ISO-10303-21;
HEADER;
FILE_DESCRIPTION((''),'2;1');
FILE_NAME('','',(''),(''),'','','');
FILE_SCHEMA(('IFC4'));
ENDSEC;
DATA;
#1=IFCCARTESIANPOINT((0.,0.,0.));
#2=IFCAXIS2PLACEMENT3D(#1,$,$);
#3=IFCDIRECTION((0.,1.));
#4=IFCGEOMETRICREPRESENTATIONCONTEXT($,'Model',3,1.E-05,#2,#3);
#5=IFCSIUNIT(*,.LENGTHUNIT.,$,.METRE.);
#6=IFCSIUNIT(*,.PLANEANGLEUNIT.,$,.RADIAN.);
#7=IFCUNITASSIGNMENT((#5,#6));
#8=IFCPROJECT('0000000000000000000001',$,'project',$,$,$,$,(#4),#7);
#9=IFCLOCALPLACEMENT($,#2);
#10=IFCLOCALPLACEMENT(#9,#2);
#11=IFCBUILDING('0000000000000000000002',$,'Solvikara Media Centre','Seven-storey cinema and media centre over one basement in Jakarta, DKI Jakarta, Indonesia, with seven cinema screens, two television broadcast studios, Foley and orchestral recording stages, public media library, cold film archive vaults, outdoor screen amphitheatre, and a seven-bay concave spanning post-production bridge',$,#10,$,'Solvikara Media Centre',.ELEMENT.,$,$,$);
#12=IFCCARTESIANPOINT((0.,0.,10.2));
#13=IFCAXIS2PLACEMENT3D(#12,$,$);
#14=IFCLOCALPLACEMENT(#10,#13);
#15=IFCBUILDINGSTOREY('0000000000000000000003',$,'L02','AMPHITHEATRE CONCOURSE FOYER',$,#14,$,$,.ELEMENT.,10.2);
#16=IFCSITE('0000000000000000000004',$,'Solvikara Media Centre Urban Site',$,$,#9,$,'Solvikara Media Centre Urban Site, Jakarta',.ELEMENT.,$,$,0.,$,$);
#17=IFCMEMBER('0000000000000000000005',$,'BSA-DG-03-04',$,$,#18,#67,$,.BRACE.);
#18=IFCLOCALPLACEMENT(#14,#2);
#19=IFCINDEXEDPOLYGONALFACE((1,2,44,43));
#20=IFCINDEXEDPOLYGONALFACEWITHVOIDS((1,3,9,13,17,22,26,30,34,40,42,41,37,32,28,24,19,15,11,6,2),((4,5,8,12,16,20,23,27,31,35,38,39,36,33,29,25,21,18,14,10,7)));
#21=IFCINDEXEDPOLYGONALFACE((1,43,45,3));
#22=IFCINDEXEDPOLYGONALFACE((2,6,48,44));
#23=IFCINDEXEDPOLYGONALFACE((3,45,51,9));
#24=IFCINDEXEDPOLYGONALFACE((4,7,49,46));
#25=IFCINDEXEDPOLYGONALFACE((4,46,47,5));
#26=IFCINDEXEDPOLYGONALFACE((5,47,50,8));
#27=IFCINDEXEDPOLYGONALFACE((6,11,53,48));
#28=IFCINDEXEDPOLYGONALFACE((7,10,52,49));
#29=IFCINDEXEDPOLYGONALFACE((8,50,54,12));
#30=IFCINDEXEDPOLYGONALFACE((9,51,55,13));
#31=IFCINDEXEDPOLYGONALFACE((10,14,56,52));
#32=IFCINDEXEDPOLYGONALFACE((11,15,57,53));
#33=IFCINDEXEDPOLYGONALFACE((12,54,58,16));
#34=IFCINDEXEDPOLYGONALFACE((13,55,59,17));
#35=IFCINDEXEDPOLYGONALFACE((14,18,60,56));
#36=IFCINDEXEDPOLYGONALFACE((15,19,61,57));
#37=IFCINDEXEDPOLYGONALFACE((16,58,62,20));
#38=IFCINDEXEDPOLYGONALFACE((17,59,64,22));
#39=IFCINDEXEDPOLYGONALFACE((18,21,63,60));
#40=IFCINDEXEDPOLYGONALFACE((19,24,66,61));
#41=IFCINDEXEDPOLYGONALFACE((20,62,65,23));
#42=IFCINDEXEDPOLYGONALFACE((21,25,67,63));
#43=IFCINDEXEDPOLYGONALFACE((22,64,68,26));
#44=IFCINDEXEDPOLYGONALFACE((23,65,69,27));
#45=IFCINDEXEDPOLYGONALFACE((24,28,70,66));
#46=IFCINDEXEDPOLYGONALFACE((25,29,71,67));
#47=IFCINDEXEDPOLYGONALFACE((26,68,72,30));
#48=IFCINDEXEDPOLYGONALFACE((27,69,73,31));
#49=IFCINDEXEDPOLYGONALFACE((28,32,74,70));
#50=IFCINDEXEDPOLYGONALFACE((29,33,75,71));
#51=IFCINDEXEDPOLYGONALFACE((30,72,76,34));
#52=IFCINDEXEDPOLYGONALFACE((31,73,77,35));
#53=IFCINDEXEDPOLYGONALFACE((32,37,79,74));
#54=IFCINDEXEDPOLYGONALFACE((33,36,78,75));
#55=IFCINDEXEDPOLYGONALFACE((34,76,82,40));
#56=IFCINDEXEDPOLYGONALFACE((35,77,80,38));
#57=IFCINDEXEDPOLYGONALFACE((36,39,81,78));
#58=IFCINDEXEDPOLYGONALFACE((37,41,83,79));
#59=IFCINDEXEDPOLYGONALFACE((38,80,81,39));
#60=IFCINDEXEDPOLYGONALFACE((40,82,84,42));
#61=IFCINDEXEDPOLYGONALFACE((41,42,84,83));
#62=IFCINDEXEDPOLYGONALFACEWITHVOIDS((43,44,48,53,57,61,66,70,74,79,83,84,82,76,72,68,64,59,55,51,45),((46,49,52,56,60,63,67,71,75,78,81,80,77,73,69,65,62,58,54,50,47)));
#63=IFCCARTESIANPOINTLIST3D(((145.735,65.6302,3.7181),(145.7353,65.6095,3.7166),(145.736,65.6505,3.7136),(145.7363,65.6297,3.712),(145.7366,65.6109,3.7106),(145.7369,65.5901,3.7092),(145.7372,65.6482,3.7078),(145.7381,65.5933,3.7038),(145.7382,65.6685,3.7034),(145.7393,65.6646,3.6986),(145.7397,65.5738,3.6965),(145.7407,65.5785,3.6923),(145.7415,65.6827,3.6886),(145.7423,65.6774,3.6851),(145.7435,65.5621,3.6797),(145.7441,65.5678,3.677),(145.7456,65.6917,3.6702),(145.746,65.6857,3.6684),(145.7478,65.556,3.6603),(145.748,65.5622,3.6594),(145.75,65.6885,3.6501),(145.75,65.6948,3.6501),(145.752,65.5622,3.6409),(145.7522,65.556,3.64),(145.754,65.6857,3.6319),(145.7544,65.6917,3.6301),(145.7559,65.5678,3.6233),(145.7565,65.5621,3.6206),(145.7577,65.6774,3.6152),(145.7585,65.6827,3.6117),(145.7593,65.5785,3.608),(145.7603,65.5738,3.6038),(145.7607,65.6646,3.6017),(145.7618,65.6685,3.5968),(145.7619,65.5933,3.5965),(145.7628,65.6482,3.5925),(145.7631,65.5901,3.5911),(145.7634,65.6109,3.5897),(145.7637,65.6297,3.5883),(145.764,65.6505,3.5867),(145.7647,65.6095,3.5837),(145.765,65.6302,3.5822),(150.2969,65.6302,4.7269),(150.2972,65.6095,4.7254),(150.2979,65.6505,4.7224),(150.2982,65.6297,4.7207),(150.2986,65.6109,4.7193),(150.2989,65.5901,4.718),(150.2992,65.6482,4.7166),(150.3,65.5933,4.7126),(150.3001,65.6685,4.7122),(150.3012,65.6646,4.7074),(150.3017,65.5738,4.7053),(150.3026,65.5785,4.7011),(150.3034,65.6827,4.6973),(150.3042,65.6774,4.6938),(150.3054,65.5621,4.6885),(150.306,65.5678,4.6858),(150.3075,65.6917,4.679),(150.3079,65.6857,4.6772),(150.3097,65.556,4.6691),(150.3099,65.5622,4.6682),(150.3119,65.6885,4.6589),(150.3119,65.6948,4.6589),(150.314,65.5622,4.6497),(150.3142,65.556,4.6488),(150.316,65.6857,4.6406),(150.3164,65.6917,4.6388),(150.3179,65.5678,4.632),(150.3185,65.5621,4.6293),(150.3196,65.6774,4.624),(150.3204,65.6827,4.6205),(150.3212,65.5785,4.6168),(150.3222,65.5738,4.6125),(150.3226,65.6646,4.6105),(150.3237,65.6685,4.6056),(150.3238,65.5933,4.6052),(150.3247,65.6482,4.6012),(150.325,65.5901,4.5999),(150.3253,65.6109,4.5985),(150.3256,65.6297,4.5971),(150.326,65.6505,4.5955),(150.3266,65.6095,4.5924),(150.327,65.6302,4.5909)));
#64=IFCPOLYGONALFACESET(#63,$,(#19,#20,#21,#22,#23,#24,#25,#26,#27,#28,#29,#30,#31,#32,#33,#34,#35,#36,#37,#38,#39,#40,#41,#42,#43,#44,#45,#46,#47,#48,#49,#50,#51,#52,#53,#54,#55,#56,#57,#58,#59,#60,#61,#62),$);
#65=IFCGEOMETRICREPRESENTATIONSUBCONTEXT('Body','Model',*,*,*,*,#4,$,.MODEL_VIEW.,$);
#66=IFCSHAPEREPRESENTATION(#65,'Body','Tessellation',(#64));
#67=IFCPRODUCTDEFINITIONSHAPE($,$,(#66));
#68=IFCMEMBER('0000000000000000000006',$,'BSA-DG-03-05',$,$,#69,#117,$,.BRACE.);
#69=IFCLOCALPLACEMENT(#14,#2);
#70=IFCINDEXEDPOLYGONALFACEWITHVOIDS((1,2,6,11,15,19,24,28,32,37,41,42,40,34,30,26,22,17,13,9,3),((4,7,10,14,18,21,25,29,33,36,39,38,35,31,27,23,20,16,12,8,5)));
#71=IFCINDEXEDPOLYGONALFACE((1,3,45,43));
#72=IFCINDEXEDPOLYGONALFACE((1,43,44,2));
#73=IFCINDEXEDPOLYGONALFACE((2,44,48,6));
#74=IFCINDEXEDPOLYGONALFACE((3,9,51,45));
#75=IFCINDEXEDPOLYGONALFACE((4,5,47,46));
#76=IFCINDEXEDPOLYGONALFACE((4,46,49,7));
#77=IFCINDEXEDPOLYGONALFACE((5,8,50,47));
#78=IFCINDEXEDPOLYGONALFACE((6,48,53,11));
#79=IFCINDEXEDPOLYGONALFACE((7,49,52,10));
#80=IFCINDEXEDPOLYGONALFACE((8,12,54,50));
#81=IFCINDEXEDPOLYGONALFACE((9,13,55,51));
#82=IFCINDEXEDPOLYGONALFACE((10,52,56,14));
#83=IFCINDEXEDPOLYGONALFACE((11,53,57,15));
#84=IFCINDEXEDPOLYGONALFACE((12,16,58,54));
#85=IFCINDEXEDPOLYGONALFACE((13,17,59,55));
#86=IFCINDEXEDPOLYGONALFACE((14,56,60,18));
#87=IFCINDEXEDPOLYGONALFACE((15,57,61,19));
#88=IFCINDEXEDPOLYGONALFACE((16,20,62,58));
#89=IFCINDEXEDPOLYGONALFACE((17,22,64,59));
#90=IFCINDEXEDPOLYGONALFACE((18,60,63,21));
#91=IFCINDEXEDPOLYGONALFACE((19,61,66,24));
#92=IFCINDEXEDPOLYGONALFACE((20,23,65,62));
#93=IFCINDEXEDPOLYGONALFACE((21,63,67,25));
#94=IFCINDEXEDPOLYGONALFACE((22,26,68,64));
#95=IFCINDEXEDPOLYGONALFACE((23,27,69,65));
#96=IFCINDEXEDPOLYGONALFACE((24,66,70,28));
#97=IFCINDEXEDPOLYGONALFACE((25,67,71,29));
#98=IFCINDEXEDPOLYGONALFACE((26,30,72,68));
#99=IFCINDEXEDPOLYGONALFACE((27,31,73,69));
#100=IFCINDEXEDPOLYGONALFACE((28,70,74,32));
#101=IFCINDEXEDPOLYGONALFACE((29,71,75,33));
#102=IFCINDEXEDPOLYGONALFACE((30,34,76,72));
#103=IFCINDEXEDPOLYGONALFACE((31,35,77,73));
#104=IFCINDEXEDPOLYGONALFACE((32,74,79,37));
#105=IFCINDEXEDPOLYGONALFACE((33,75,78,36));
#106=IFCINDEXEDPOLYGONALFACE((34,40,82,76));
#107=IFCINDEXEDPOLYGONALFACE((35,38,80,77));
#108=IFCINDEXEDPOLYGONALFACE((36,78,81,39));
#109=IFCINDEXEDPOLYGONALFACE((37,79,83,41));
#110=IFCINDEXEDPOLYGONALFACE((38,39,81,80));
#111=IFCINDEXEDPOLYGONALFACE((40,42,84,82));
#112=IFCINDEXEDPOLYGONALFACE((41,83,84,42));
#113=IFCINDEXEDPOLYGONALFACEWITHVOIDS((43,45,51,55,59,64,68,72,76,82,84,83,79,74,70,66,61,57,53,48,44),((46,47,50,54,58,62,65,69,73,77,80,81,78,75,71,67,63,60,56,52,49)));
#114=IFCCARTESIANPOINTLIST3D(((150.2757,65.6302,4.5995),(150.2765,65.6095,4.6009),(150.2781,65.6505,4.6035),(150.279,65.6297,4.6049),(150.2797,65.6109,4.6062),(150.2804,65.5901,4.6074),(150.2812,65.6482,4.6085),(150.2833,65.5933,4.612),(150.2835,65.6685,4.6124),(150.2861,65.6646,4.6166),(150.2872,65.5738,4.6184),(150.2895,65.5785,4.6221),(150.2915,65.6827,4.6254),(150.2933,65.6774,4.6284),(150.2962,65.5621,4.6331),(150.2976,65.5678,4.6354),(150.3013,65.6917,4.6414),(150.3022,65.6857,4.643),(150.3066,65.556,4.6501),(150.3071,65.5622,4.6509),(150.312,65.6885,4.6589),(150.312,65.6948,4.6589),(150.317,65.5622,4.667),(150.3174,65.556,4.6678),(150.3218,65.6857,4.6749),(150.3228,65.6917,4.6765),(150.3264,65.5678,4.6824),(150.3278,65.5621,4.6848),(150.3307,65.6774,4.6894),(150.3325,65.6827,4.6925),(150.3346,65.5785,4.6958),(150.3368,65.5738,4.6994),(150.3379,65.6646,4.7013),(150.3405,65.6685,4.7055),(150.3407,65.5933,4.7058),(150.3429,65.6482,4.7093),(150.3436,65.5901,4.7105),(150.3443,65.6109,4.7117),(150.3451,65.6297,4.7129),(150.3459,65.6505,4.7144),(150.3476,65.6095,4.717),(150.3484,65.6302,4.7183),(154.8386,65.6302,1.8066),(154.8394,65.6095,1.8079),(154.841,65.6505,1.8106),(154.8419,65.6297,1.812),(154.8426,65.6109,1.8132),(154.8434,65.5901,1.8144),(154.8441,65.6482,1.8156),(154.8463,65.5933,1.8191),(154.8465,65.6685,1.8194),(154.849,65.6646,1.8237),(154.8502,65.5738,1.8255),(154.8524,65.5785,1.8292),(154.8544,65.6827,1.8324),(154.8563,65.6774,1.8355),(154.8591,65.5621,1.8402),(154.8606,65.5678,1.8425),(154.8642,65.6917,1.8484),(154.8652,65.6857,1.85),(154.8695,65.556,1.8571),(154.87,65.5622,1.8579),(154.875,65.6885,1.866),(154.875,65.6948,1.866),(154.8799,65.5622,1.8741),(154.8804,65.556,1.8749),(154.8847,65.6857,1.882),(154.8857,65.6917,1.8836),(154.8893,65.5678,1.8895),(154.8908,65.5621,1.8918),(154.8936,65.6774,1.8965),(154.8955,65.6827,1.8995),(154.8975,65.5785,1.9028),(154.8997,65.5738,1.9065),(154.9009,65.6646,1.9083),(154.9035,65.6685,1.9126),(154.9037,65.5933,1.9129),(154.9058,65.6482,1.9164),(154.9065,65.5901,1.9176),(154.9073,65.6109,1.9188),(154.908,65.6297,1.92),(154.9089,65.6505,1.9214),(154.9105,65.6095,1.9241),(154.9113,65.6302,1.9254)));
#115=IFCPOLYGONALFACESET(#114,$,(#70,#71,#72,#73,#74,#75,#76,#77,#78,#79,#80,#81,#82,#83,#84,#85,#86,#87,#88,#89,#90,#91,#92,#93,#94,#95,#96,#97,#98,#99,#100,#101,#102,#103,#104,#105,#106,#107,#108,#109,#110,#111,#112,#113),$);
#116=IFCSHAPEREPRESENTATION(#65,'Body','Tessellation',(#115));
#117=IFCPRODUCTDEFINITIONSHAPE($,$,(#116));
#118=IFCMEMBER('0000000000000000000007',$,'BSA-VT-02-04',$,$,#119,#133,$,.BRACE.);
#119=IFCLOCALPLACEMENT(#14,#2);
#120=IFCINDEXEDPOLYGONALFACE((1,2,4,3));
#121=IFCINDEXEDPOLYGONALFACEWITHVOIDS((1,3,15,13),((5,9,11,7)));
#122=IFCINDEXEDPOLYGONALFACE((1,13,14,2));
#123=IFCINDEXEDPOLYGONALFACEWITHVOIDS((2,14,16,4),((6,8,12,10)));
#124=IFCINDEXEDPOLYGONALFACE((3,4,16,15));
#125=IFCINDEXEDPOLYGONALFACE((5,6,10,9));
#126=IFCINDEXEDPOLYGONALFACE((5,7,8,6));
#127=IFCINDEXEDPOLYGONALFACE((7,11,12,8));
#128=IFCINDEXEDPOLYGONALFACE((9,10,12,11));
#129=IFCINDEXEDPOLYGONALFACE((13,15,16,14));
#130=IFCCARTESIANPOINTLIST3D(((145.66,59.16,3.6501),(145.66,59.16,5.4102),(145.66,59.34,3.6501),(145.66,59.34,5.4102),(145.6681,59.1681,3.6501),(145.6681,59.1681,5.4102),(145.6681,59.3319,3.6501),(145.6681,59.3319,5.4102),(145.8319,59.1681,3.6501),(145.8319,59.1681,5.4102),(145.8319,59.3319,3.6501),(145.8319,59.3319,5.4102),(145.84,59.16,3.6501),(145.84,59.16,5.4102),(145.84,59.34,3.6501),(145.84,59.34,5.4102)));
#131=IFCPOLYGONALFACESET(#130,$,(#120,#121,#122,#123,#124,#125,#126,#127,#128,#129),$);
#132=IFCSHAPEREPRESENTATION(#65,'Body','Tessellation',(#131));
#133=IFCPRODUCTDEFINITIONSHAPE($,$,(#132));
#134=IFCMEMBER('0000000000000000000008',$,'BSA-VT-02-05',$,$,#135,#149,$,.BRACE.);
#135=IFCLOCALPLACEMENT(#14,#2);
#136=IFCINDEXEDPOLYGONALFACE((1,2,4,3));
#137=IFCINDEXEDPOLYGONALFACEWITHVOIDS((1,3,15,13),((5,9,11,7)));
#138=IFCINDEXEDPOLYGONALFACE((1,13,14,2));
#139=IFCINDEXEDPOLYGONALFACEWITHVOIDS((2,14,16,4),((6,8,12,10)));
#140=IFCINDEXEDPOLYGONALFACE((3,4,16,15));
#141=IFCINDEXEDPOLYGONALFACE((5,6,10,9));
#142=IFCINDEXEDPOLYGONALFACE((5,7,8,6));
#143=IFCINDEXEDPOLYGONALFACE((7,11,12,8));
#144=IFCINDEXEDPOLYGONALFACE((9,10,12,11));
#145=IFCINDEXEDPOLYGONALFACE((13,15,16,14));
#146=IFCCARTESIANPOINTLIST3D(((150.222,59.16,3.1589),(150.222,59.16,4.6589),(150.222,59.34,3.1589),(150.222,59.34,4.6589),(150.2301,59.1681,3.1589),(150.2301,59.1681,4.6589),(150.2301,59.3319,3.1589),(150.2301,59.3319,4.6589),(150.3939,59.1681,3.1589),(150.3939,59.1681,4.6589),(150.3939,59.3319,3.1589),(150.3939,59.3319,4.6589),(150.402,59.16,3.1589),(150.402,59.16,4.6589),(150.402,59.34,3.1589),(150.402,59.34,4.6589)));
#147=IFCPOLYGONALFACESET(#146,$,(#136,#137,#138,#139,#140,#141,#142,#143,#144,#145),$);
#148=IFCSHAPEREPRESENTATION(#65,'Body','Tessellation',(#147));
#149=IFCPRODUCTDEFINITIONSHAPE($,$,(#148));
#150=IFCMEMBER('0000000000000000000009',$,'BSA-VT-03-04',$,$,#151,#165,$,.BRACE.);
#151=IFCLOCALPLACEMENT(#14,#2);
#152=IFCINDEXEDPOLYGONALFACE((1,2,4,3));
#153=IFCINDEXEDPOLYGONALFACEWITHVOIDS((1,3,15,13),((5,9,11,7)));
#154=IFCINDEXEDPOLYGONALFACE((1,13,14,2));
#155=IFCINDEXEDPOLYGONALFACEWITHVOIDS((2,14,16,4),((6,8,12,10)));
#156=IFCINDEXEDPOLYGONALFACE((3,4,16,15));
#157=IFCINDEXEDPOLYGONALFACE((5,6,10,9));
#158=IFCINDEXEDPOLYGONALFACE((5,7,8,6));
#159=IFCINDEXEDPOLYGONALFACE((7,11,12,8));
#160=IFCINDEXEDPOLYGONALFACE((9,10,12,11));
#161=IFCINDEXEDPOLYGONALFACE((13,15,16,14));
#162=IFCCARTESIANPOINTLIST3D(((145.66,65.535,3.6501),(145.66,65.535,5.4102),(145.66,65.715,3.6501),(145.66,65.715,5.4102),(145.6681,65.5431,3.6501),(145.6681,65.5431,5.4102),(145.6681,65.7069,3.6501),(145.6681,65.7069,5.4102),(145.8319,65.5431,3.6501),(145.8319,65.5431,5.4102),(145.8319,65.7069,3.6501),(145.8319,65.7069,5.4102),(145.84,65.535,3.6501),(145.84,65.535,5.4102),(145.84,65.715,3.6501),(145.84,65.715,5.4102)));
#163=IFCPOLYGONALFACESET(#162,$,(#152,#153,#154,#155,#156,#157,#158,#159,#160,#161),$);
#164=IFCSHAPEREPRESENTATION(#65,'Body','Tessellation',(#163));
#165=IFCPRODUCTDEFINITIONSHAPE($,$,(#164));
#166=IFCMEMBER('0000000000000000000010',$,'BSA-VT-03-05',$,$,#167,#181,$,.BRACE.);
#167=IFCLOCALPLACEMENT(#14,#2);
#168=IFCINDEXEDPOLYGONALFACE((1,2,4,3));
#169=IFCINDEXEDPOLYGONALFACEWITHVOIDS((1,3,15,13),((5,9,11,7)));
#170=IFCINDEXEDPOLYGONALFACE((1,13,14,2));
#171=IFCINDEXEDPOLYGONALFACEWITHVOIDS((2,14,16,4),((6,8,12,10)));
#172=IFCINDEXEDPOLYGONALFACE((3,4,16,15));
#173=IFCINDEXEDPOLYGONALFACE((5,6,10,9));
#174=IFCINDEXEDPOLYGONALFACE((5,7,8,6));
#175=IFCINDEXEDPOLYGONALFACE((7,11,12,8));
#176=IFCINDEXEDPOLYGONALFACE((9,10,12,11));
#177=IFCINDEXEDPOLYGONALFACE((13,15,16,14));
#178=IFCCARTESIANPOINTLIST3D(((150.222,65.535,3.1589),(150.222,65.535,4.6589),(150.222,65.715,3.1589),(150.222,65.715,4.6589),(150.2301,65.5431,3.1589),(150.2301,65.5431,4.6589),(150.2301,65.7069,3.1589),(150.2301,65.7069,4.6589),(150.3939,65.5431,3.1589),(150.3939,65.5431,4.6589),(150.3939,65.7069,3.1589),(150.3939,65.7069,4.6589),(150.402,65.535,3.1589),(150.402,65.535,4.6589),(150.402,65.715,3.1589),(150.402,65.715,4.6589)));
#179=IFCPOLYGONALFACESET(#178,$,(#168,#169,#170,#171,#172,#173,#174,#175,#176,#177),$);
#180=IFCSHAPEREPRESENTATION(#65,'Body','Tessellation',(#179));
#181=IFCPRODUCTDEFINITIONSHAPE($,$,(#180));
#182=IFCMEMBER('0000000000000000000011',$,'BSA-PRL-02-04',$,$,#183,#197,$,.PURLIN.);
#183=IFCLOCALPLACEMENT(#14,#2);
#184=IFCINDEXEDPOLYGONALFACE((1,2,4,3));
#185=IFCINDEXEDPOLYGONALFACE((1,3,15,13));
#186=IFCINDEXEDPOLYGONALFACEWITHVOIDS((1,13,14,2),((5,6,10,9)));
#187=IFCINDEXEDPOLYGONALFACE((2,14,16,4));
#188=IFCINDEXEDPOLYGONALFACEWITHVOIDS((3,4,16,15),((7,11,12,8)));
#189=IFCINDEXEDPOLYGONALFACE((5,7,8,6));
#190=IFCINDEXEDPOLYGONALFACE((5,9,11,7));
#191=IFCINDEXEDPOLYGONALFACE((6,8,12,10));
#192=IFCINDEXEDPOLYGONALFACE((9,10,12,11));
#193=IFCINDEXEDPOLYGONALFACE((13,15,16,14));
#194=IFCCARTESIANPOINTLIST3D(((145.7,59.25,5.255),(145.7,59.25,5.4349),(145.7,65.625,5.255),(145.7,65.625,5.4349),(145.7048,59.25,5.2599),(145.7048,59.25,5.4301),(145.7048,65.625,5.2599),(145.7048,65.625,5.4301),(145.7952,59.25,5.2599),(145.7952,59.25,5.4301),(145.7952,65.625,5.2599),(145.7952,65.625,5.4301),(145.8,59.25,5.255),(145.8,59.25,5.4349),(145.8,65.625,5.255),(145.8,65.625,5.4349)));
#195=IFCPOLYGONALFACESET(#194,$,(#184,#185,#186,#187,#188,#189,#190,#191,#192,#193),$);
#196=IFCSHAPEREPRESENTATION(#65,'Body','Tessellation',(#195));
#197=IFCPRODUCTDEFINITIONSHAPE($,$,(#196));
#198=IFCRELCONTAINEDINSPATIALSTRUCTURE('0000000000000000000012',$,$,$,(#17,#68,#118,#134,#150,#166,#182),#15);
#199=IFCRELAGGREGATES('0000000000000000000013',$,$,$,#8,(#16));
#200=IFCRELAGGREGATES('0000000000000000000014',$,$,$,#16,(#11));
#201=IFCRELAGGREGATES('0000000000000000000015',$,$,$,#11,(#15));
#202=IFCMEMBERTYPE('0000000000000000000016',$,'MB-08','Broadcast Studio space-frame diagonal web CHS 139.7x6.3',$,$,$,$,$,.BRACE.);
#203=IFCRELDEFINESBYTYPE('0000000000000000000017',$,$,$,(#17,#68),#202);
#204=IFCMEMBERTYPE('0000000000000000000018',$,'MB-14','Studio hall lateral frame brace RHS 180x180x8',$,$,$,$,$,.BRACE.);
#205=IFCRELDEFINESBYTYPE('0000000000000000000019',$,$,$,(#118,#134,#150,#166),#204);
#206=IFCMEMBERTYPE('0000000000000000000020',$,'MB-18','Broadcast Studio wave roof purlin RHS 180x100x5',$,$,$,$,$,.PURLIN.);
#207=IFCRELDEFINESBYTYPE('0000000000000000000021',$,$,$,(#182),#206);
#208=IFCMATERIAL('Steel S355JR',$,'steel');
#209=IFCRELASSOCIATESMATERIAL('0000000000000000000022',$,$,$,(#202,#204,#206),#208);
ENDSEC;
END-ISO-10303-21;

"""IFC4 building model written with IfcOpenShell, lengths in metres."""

from ifc_helpers import new_model, si_unit, direction, frame, origin, origin_2d, place, context, subcontext, project, spatial, hollow_rectangle, hollow_circle, extrude, material, material_profile, profile_set, type_object, element, save


model = new_model("IFC4")

# Units and contexts
model_context = context("Model", 3, precision=1e-05, world=origin(), true_north=direction((0.0, 1.0)))
body_context = subcontext(model_context, "Body", "Model", "MODEL_VIEW")
ifc_project = project(units=[si_unit("LENGTHUNIT", "METRE"), si_unit("PLANEANGLEUNIT", "RADIAN")], contexts=[model_context])

# Site, building, storey
site_placement = place(None, origin())
site = spatial("IfcSite", under=ifc_project, at=site_placement, Name="Solvikara Media Centre Urban Site", LongName="Solvikara Media Centre Urban Site, Jakarta", CompositionType="ELEMENT", RefElevation=0.0)
building_placement = place(site_placement, origin())
building = spatial("IfcBuilding", under=site, at=building_placement, Name="Solvikara Media Centre", Description="Seven-storey cinema and media centre over one basement in Jakarta, DKI Jakarta, Indonesia, with seven cinema screens, two television broadcast studios, Foley and orchestral recording stages, public media library, cold film archive vaults, outdoor screen amphitheatre, and a seven-bay concave spanning post-production bridge", LongName="Solvikara Media Centre", CompositionType="ELEMENT")
storey_placement = place(building_placement, frame((0.0, 0.0, 10.2)))
storey = spatial("IfcBuildingStorey", under=building, at=storey_placement, Name="L02", Description="AMPHITHEATRE CONCOURSE FOYER", CompositionType="ELEMENT", Elevation=10.2)

# Members
ifc_material_1 = material(Name="Steel S355JR", Category="steel")
ifc_material_profile_1 = material_profile(ifc_material_1, hollow_circle(Radius=0.0698, WallThickness=0.0063, at=origin_2d()), Name="CHS 139.7x6.3")
ifc_profile_set_1 = profile_set([ifc_material_profile_1], Name="Steel S355JR")
member_type_1 = type_object("IfcMemberType", Name="MB-08", Description="Broadcast Studio space-frame diagonal web CHS 139.7x6.3", PredefinedType="BRACE", material=ifc_profile_set_1)
member_1_placement = place(storey_placement, frame((145.75, 65.625, 3.6501), z_axis=(0.976413, 0.0, 0.215912), x_axis=(0.0, 1.0, 0.0)))
element("IfcMember", 1, at=member_1_placement, inside=storey, type_object=member_type_1, Name="BSA-DG-03-04", PredefinedType="BRACE", context=body_context, shape_type="SweptSolid", body=[
    extrude(hollow_circle(Radius=0.0698, WallThickness=0.0063, at=origin_2d()), origin(), (0.0, 0.0, 1.0), 4.6721),
])
member_2_placement = place(storey_placement, frame((150.312, 65.625, 4.6589), z_axis=(0.852909, 0.0, -0.522059), x_axis=(0.0, 1.0, 0.0)))
element("IfcMember", 2, at=member_2_placement, inside=storey, type_object=member_type_1, Name="BSA-DG-03-05", PredefinedType="BRACE", context=body_context, shape_type="SweptSolid", body=[
    extrude(hollow_circle(Radius=0.0698, WallThickness=0.0063, at=origin_2d()), origin(), (0.0, 0.0, 1.0), 5.3499),
])
ifc_material_profile_2 = material_profile(ifc_material_1, hollow_rectangle(XDim=0.1799, YDim=0.1799, WallThickness=0.0081, at=origin_2d()), Name="RHS 180x180x8")
ifc_profile_set_2 = profile_set([ifc_material_profile_2], Name="Steel S355JR")
member_type_2 = type_object("IfcMemberType", Name="MB-14", Description="Studio hall lateral frame brace RHS 180x180x8", PredefinedType="BRACE", material=ifc_profile_set_2)
member_3_placement = place(storey_placement, frame((145.75, 59.25, 3.6501), z_axis=(0.0, 0.0, 1.0), x_axis=(1.0, 0.0, 0.0)))
element("IfcMember", 3, at=member_3_placement, inside=storey, type_object=member_type_2, Name="BSA-VT-02-04", PredefinedType="BRACE", context=body_context, shape_type="SweptSolid", body=[
    extrude(hollow_rectangle(XDim=0.1799, YDim=0.1799, WallThickness=0.0081, at=origin_2d()), origin(), (0.0, 0.0, 1.0), 1.76),
])
member_4_placement = place(storey_placement, frame((150.312, 59.25, 3.1589), z_axis=(0.0, 0.0, 1.0), x_axis=(1.0, 0.0, 0.0)))
element("IfcMember", 4, at=member_4_placement, inside=storey, type_object=member_type_2, Name="BSA-VT-02-05", PredefinedType="BRACE", context=body_context, shape_type="SweptSolid", body=[
    extrude(hollow_rectangle(XDim=0.1799, YDim=0.1799, WallThickness=0.0081, at=origin_2d()), origin(), (0.0, 0.0, 1.0), 1.5),
])
member_5_placement = place(storey_placement, frame((145.75, 65.625, 3.6501), z_axis=(0.0, 0.0, 1.0), x_axis=(1.0, 0.0, 0.0)))
element("IfcMember", 5, at=member_5_placement, inside=storey, type_object=member_type_2, Name="BSA-VT-03-04", PredefinedType="BRACE", context=body_context, shape_type="SweptSolid", body=[
    extrude(hollow_rectangle(XDim=0.1799, YDim=0.1799, WallThickness=0.0081, at=origin_2d()), origin(), (0.0, 0.0, 1.0), 1.76),
])
member_6_placement = place(storey_placement, frame((150.312, 65.625, 3.1589), z_axis=(0.0, 0.0, 1.0), x_axis=(1.0, 0.0, 0.0)))
element("IfcMember", 6, at=member_6_placement, inside=storey, type_object=member_type_2, Name="BSA-VT-03-05", PredefinedType="BRACE", context=body_context, shape_type="SweptSolid", body=[
    extrude(hollow_rectangle(XDim=0.1799, YDim=0.1799, WallThickness=0.0081, at=origin_2d()), origin(), (0.0, 0.0, 1.0), 1.5),
])
ifc_material_profile_3 = material_profile(ifc_material_1, hollow_rectangle(XDim=0.1001, YDim=0.1799, WallThickness=0.0049, at=origin_2d()), Name="RHS 180x100x5")
ifc_profile_set_3 = profile_set([ifc_material_profile_3], Name="Steel S355JR")
member_type_3 = type_object("IfcMemberType", Name="MB-18", Description="Broadcast Studio wave roof purlin RHS 180x100x5", PredefinedType="PURLIN", material=ifc_profile_set_3)
for number, where, z_axis, x_axis, name in (
    (7, (145.75, 59.25, 5.345), (0.0, 1.0, 0.0), (-1.0, 0.0, 0.0), "BSA-PRL-02-04"),
):
    element("IfcMember", number, at=place(storey_placement, frame(where, z_axis=z_axis, x_axis=x_axis)), inside=storey, type_object=member_type_3, Name=name, PredefinedType="PURLIN", context=body_context, shape_type="SweptSolid", body=[
        extrude(hollow_rectangle(XDim=0.1001, YDim=0.1799, WallThickness=0.0049, at=origin_2d()), origin(), (0.0, 0.0, 1.0), 6.375),
    ])

save(model, "model.ifc")
